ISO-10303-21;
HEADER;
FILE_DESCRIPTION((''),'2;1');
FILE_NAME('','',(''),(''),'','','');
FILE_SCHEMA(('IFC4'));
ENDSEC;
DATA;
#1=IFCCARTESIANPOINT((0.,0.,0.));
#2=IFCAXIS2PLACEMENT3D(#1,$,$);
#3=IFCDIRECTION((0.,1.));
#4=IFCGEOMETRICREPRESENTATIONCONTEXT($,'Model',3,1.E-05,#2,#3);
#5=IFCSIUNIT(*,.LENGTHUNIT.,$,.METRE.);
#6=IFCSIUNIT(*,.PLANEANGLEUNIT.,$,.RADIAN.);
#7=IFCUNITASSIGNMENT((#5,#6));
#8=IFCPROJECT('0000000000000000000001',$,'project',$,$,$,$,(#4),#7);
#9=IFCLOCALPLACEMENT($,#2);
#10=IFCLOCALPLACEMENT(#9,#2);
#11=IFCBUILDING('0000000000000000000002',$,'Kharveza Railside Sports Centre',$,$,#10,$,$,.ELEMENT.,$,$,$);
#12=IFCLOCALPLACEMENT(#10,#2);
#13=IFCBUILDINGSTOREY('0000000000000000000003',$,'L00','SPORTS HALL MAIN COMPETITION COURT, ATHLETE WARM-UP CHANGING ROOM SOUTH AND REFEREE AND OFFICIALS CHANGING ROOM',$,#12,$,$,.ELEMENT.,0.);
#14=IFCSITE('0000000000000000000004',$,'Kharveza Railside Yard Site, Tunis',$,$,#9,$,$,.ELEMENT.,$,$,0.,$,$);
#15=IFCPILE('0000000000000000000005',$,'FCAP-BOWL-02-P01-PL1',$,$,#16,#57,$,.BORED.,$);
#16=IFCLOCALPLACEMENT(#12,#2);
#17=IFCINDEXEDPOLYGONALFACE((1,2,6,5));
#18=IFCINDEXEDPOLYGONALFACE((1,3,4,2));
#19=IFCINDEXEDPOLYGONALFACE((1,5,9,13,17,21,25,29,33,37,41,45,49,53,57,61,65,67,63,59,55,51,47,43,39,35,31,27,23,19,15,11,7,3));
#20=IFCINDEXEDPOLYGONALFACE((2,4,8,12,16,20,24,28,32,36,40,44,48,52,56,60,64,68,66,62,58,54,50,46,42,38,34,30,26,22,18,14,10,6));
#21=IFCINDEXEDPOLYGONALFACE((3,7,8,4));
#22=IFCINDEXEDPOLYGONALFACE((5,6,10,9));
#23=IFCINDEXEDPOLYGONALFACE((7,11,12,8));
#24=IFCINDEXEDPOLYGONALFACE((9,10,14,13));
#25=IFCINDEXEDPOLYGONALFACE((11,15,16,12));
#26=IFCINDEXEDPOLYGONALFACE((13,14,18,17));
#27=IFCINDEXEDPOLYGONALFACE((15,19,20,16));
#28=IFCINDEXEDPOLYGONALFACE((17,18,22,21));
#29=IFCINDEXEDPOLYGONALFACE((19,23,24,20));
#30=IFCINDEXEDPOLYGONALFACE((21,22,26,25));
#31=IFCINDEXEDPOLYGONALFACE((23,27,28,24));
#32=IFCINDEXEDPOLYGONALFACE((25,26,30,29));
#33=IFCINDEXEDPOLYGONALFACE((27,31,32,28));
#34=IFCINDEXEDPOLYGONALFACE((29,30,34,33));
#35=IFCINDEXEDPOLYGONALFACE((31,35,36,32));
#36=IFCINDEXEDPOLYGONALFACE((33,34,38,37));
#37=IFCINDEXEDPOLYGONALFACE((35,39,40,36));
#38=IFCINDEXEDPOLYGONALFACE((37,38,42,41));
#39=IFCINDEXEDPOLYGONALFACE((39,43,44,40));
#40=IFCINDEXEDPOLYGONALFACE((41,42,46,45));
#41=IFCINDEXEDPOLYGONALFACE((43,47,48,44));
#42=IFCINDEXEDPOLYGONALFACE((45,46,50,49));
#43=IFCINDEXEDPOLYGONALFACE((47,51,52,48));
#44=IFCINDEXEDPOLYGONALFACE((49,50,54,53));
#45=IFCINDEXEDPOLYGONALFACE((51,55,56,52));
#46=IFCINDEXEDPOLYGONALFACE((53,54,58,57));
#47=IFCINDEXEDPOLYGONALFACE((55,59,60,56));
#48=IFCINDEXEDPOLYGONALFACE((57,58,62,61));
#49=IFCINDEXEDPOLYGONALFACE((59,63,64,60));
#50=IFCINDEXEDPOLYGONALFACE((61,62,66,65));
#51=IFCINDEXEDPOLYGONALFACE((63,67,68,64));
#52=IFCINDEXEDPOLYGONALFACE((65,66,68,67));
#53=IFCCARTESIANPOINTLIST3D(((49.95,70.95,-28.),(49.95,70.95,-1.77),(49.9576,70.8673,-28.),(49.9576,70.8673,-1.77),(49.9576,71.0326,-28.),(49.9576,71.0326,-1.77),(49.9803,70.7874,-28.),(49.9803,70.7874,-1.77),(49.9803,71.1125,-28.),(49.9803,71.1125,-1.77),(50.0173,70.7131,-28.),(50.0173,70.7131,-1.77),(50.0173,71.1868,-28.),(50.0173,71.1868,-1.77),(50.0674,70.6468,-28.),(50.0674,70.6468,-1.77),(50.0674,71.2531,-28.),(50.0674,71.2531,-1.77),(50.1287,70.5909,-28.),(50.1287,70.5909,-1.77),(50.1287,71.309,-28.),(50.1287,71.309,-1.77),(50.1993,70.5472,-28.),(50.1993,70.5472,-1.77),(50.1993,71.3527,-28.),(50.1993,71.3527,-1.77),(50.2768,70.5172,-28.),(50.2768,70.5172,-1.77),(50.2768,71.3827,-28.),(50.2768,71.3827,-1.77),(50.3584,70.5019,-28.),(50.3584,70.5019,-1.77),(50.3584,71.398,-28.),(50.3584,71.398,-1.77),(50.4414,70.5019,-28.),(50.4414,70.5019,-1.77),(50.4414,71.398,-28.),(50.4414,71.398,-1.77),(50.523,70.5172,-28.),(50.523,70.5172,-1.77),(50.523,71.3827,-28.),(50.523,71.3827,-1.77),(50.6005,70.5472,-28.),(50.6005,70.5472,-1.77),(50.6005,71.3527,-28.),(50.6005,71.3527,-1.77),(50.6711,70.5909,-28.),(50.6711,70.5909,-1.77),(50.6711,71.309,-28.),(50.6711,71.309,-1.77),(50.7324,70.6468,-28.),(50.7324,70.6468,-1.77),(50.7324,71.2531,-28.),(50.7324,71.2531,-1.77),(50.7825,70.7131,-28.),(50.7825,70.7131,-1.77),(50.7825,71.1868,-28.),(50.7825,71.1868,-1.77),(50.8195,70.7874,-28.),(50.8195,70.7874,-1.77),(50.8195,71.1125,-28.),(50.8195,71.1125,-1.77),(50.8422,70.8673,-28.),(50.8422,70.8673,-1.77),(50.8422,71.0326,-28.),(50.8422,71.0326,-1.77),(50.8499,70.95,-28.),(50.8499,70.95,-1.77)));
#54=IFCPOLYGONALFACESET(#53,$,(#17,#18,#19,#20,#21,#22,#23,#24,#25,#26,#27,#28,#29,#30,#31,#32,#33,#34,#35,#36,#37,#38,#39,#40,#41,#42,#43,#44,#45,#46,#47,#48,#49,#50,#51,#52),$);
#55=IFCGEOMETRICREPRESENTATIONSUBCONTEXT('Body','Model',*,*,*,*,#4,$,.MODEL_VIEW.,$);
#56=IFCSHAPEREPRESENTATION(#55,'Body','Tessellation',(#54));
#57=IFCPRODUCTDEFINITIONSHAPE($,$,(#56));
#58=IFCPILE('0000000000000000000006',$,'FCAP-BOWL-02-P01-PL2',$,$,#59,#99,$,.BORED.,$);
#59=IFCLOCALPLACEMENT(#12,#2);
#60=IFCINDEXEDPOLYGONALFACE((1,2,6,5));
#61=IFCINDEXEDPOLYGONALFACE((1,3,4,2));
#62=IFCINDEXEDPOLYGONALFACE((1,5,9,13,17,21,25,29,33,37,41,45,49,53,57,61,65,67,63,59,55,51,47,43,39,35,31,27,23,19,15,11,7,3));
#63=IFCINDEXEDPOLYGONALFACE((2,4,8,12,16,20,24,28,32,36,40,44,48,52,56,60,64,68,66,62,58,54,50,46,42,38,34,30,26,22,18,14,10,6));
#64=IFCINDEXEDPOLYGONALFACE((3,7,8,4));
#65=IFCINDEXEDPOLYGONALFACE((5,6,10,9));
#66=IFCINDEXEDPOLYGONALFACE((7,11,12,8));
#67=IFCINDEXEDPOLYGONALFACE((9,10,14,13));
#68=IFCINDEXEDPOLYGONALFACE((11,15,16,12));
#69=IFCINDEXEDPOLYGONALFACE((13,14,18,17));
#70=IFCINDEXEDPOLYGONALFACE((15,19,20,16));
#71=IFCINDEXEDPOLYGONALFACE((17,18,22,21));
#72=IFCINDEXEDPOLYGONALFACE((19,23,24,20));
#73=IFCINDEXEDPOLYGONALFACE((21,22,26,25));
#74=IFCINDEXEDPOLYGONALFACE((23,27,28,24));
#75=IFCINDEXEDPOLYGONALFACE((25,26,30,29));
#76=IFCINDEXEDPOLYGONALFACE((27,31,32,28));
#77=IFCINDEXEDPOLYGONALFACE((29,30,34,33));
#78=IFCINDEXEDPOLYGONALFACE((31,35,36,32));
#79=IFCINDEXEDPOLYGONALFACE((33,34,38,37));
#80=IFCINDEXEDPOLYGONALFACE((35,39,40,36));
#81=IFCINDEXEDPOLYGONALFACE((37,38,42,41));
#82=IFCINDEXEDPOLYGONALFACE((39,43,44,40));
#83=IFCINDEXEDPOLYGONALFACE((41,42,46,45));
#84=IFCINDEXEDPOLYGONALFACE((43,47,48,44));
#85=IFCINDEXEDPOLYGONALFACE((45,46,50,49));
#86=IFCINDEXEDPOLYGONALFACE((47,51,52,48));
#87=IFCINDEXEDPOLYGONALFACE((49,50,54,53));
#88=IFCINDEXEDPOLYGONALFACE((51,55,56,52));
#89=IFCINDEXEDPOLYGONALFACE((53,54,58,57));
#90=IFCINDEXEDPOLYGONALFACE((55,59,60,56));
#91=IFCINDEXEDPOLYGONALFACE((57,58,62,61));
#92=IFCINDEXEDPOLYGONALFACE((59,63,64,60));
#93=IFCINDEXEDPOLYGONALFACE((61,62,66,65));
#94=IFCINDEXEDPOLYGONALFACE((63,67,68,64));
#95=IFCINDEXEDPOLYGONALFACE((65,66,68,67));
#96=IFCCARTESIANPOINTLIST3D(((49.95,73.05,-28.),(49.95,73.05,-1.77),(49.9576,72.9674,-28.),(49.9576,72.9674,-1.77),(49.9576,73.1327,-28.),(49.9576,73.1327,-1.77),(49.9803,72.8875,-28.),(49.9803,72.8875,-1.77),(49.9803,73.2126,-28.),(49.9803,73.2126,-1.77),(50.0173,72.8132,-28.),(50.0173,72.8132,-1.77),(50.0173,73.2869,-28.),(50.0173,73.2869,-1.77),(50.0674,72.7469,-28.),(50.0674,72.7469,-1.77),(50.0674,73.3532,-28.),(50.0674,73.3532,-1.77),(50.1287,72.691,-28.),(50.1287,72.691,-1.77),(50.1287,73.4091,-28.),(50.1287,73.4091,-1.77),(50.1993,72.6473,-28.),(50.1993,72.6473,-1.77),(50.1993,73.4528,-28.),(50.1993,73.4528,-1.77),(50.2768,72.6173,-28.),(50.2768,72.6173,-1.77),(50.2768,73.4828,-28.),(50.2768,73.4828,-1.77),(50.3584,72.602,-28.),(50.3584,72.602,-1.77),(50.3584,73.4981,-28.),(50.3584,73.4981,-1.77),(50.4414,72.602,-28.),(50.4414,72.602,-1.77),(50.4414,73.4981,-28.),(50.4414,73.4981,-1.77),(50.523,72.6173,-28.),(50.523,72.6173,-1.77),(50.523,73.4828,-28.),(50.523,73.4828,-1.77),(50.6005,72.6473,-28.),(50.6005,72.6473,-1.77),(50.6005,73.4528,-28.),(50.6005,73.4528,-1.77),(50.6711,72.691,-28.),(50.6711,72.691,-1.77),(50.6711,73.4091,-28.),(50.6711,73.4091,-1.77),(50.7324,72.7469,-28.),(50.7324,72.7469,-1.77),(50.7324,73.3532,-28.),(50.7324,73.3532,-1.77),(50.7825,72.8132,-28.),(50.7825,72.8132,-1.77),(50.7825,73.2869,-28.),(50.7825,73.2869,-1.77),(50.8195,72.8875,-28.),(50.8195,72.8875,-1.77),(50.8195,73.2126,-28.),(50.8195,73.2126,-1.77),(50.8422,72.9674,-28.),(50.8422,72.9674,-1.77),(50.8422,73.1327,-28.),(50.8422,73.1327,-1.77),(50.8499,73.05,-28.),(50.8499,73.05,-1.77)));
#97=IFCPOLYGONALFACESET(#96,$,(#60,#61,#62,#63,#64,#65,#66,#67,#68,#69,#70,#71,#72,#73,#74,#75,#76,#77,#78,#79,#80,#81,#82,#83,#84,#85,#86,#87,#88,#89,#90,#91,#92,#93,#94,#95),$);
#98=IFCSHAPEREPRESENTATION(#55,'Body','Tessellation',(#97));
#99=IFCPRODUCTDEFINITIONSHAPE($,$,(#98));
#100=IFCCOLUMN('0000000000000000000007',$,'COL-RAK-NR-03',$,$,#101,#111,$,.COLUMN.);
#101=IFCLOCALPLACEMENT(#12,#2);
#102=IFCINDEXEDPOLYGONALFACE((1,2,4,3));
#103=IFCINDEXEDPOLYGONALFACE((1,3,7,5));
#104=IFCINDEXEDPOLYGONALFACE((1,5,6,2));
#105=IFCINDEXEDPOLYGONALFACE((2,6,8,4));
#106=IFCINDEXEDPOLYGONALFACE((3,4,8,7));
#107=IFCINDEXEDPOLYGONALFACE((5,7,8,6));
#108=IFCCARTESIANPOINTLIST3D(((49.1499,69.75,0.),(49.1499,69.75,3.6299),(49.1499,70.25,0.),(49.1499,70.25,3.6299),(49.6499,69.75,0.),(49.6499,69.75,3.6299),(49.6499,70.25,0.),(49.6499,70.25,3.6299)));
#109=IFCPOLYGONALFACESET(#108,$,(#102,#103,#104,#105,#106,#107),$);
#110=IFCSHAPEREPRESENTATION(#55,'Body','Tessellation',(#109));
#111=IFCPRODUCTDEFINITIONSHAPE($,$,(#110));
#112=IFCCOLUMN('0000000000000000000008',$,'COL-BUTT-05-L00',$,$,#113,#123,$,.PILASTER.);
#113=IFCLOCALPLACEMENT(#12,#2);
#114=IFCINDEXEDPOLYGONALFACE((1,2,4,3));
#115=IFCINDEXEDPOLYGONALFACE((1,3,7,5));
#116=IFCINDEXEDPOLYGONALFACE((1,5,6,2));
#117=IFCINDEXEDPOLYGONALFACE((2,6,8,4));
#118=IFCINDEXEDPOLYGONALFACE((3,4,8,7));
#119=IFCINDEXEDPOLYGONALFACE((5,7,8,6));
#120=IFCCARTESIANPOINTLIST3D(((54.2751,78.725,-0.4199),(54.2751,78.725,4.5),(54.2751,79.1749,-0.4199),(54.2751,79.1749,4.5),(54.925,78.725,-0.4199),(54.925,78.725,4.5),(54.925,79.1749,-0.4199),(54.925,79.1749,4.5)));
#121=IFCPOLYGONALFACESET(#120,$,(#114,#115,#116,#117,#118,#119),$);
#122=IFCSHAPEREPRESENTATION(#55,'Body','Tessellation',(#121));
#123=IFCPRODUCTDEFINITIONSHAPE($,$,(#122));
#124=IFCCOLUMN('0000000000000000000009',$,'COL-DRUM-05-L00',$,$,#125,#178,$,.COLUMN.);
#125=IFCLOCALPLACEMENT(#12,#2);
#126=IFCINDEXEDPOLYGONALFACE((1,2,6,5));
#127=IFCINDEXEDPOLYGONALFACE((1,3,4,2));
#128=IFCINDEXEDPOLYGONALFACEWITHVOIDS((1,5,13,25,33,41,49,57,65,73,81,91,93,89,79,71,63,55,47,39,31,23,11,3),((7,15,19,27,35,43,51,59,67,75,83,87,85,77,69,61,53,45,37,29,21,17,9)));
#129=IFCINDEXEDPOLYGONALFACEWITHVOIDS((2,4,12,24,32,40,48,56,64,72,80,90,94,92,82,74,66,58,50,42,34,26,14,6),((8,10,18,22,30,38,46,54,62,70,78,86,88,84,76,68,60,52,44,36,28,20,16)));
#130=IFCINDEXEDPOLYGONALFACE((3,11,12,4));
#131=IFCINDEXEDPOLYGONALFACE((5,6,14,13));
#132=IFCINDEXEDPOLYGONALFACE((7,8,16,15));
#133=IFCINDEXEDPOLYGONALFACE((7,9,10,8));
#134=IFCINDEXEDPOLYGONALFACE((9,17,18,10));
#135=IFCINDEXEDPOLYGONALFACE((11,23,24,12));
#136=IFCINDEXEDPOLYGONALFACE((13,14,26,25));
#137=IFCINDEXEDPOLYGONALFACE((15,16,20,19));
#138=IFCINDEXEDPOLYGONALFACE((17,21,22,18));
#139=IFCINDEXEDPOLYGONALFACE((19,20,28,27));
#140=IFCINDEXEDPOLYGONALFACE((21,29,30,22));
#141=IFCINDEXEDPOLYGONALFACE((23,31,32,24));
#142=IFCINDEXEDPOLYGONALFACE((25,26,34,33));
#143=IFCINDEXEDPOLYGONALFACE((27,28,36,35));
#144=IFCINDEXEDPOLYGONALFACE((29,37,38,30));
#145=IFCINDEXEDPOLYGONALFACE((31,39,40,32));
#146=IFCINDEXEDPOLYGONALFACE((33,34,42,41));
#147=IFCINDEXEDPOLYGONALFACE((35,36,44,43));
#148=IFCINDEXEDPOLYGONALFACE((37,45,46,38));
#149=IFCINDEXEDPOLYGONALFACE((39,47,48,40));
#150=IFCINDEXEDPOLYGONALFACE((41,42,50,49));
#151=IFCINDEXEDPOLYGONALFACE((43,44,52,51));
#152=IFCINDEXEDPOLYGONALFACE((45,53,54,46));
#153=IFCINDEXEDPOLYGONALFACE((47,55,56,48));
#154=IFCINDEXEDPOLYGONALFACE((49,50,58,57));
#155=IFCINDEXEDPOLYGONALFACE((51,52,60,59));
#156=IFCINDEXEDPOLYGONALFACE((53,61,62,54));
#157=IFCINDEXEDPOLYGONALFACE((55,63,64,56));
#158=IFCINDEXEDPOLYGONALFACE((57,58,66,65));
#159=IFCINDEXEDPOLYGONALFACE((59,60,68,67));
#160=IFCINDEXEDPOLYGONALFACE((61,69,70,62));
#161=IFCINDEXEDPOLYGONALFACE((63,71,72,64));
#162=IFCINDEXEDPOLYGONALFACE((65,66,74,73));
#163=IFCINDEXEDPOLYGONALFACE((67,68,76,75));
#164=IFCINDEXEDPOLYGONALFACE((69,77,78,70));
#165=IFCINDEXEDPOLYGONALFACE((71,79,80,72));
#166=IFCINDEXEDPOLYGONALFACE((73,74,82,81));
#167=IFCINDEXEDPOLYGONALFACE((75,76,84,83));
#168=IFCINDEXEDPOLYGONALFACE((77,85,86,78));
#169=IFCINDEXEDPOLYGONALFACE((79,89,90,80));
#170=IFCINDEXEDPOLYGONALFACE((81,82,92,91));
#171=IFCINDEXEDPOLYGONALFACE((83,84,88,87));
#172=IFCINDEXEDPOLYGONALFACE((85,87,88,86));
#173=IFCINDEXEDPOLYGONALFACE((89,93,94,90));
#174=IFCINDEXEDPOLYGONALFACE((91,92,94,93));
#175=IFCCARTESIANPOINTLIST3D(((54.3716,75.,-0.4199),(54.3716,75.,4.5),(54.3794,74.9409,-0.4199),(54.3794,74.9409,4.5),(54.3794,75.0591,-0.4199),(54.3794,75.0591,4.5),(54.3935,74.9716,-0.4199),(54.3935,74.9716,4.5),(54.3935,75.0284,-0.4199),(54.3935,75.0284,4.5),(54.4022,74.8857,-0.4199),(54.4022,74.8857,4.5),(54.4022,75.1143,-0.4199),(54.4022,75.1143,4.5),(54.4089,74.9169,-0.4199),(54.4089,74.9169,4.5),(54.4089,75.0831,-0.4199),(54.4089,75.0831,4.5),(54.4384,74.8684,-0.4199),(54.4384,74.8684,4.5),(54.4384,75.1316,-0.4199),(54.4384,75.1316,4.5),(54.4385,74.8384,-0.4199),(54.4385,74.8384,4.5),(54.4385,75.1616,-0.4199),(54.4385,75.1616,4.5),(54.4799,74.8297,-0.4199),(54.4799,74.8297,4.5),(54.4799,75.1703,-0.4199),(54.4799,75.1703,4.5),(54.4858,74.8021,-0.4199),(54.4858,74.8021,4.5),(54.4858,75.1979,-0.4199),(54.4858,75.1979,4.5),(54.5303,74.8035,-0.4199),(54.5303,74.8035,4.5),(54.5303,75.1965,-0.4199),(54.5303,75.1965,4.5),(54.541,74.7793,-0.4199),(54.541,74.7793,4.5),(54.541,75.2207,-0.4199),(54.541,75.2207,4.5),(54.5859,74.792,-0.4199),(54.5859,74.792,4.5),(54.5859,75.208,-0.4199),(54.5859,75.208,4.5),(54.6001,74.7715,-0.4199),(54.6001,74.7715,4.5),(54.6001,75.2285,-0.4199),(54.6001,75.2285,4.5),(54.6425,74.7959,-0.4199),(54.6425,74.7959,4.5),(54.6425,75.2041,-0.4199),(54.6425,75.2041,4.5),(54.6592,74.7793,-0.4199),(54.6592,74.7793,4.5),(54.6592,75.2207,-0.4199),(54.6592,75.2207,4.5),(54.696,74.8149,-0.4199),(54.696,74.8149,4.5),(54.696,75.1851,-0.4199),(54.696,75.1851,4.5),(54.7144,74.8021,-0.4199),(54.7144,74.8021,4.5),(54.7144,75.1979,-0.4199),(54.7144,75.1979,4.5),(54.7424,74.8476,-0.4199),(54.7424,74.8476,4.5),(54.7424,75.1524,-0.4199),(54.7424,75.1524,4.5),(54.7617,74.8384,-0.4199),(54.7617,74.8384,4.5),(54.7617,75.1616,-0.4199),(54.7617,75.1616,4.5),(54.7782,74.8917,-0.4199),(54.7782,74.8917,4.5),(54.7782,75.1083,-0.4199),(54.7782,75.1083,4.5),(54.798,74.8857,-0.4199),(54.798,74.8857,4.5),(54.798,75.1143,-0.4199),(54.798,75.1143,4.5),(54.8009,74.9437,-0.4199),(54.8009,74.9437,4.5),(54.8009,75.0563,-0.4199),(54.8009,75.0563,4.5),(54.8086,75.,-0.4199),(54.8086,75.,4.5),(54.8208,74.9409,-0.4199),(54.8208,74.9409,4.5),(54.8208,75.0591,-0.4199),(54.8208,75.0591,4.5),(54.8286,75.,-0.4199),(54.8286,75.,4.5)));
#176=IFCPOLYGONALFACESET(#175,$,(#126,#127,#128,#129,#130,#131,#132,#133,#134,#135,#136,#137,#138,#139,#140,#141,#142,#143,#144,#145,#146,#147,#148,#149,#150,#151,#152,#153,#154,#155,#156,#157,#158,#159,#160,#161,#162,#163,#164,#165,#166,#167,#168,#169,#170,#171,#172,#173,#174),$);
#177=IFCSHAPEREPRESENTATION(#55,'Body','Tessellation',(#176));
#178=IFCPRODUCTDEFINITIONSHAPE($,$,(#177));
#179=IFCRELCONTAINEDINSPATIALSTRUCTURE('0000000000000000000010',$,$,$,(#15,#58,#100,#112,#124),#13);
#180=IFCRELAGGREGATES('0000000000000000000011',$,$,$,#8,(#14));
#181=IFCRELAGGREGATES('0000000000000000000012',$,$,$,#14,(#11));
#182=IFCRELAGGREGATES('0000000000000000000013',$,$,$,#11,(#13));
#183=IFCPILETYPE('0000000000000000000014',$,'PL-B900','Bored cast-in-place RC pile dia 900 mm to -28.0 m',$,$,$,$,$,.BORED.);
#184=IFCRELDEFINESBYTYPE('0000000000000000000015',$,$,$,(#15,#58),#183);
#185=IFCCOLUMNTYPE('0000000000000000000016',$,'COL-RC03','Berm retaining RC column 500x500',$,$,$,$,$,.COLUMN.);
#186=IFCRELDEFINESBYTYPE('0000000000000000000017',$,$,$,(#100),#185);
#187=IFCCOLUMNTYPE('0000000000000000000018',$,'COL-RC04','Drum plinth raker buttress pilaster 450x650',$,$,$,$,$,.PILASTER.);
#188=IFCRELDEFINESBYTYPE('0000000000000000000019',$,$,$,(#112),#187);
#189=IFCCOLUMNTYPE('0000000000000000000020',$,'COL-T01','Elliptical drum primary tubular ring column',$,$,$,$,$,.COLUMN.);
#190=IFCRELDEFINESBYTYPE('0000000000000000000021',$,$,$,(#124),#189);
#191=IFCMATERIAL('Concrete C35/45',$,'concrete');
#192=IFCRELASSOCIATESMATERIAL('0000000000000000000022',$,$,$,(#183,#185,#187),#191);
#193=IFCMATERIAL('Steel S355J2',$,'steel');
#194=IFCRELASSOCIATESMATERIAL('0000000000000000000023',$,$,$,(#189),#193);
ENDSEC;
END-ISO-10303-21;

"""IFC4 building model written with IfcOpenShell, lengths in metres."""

from ifc_helpers import new_model, si_unit, direction, frame, origin, origin_2d, place, context, subcontext, project, spatial, rectangle, circle, hollow_circle, extrude, material, material_profile, profile_set, type_object, element, save


model = new_model("IFC4")

# Units and contexts
model_context = context("Model", 3, precision=1e-05, world=origin(), true_north=direction((0.0, 1.0)))
body_context = subcontext(model_context, "Body", "Model", "MODEL_VIEW")
ifc_project = project(units=[si_unit("LENGTHUNIT", "METRE"), si_unit("PLANEANGLEUNIT", "RADIAN")], contexts=[model_context])

# Site, building, storey
site_placement = place(None, origin())
site = spatial("IfcSite", under=ifc_project, at=site_placement, Name="Kharveza Railside Yard Site, Tunis", CompositionType="ELEMENT", RefElevation=0.0)
building_placement = place(site_placement, origin())
building = spatial("IfcBuilding", under=site, at=building_placement, Name="Kharveza Railside Sports Centre", CompositionType="ELEMENT")
storey_placement = place(building_placement, origin())
storey = spatial("IfcBuildingStorey", under=building, at=storey_placement, Name="L00", Description="SPORTS HALL MAIN COMPETITION COURT, ATHLETE WARM-UP CHANGING ROOM SOUTH AND REFEREE AND OFFICIALS CHANGING ROOM", CompositionType="ELEMENT", Elevation=0.0)

# Shared definitions
ifc_material_1 = material(Name="Concrete C35/45", Category="concrete")

# Piles
ifc_material_profile_1 = material_profile(ifc_material_1, circle(Radius=0.45, at=origin_2d()), Name="PILE D900")
ifc_profile_set_1 = profile_set([ifc_material_profile_1], Name="Concrete C35/45")
pile_type_1 = type_object("IfcPileType", Name="PL-B900", Description="Bored cast-in-place RC pile dia 900 mm to -28.0 m", PredefinedType="BORED", material=ifc_profile_set_1)
for number, where, z_axis, x_axis, name in (
    (1, (50.3999, 70.95, -1.77), (0.0, 0.0, -1.0), (1.0, 0.0, 0.0), "FCAP-BOWL-02-P01-PL1"),
    (2, (50.3999, 73.05, -1.77), (0.0, 0.0, -1.0), (1.0, 0.0, 0.0), "FCAP-BOWL-02-P01-PL2"),
):
    element("IfcPile", number, at=place(storey_placement, frame(where, z_axis=z_axis, x_axis=x_axis)), inside=storey, type_object=pile_type_1, Name=name, PredefinedType="BORED", context=body_context, shape_type="SweptSolid", body=[
        extrude(circle(Radius=0.45, at=origin_2d()), origin(), (0.0, 0.0, 1.0), 26.23),
    ])

# Columns
ifc_material_profile_2 = material_profile(ifc_material_1, rectangle(XDim=0.5, YDim=0.5, at=origin_2d()), Name="RC 500x500")
ifc_profile_set_2 = profile_set([ifc_material_profile_2], Name="Concrete C35/45")
column_type_1 = type_object("IfcColumnType", Name="COL-RC03", Description="Berm retaining RC column 500x500", PredefinedType="COLUMN", material=ifc_profile_set_2)
column_1_placement = place(storey_placement, frame((49.3999, 70.0, 0.0), z_axis=(0.0, 0.0, 1.0), x_axis=(1.0, 0.0, 0.0)))
element("IfcColumn", 3, at=column_1_placement, inside=storey, type_object=column_type_1, Name="COL-RAK-NR-03", PredefinedType="COLUMN", context=body_context, shape_type="SweptSolid", body=[
    extrude(rectangle(XDim=0.5, YDim=0.5, at=origin_2d()), origin(), (0.0, 0.0, 1.0), 3.6299),
])
ifc_material_profile_3 = material_profile(ifc_material_1, rectangle(XDim=0.45, YDim=0.6499, at=origin_2d()), Name="RC 450x650")
ifc_profile_set_3 = profile_set([ifc_material_profile_3], Name="Concrete C35/45")
column_type_2 = type_object("IfcColumnType", Name="COL-RC04", Description="Drum plinth raker buttress pilaster 450x650", PredefinedType="PILASTER", material=ifc_profile_set_3)
column_2_placement = place(storey_placement, frame((54.6001, 78.95, -0.4199), z_axis=(0.0, 0.0, 1.0), x_axis=(0.0, 1.0, 0.0)))
element("IfcColumn", 4, at=column_2_placement, inside=storey, type_object=column_type_2, Name="COL-BUTT-05-L00", PredefinedType="PILASTER", context=body_context, shape_type="SweptSolid", body=[
    extrude(rectangle(XDim=0.45, YDim=0.6499, at=origin_2d()), origin(), (0.0, 0.0, 1.0), 4.9199),
])
ifc_material_2 = material(Name="Steel S355J2", Category="steel")
ifc_material_profile_4 = material_profile(ifc_material_2, hollow_circle(Radius=0.2285, WallThickness=0.02, at=origin_2d()), Name="CHS 457.0x20.0")
ifc_profile_set_4 = profile_set([ifc_material_profile_4], Name="Steel S355J2")
column_type_3 = type_object("IfcColumnType", Name="COL-T01", Description="Elliptical drum primary tubular ring column", PredefinedType="COLUMN", material=ifc_profile_set_4)
column_3_placement = place(storey_placement, frame((54.6001, 75.0, -0.4199), z_axis=(0.0, 0.0, 1.0), x_axis=(1.0, 0.0, 0.0)))
element("IfcColumn", 5, at=column_3_placement, inside=storey, type_object=column_type_3, Name="COL-DRUM-05-L00", PredefinedType="COLUMN", context=body_context, shape_type="SweptSolid", body=[
    extrude(hollow_circle(Radius=0.2285, WallThickness=0.02, at=origin_2d()), origin(), (0.0, 0.0, 1.0), 4.9199),
])

save(model, "model.ifc")
